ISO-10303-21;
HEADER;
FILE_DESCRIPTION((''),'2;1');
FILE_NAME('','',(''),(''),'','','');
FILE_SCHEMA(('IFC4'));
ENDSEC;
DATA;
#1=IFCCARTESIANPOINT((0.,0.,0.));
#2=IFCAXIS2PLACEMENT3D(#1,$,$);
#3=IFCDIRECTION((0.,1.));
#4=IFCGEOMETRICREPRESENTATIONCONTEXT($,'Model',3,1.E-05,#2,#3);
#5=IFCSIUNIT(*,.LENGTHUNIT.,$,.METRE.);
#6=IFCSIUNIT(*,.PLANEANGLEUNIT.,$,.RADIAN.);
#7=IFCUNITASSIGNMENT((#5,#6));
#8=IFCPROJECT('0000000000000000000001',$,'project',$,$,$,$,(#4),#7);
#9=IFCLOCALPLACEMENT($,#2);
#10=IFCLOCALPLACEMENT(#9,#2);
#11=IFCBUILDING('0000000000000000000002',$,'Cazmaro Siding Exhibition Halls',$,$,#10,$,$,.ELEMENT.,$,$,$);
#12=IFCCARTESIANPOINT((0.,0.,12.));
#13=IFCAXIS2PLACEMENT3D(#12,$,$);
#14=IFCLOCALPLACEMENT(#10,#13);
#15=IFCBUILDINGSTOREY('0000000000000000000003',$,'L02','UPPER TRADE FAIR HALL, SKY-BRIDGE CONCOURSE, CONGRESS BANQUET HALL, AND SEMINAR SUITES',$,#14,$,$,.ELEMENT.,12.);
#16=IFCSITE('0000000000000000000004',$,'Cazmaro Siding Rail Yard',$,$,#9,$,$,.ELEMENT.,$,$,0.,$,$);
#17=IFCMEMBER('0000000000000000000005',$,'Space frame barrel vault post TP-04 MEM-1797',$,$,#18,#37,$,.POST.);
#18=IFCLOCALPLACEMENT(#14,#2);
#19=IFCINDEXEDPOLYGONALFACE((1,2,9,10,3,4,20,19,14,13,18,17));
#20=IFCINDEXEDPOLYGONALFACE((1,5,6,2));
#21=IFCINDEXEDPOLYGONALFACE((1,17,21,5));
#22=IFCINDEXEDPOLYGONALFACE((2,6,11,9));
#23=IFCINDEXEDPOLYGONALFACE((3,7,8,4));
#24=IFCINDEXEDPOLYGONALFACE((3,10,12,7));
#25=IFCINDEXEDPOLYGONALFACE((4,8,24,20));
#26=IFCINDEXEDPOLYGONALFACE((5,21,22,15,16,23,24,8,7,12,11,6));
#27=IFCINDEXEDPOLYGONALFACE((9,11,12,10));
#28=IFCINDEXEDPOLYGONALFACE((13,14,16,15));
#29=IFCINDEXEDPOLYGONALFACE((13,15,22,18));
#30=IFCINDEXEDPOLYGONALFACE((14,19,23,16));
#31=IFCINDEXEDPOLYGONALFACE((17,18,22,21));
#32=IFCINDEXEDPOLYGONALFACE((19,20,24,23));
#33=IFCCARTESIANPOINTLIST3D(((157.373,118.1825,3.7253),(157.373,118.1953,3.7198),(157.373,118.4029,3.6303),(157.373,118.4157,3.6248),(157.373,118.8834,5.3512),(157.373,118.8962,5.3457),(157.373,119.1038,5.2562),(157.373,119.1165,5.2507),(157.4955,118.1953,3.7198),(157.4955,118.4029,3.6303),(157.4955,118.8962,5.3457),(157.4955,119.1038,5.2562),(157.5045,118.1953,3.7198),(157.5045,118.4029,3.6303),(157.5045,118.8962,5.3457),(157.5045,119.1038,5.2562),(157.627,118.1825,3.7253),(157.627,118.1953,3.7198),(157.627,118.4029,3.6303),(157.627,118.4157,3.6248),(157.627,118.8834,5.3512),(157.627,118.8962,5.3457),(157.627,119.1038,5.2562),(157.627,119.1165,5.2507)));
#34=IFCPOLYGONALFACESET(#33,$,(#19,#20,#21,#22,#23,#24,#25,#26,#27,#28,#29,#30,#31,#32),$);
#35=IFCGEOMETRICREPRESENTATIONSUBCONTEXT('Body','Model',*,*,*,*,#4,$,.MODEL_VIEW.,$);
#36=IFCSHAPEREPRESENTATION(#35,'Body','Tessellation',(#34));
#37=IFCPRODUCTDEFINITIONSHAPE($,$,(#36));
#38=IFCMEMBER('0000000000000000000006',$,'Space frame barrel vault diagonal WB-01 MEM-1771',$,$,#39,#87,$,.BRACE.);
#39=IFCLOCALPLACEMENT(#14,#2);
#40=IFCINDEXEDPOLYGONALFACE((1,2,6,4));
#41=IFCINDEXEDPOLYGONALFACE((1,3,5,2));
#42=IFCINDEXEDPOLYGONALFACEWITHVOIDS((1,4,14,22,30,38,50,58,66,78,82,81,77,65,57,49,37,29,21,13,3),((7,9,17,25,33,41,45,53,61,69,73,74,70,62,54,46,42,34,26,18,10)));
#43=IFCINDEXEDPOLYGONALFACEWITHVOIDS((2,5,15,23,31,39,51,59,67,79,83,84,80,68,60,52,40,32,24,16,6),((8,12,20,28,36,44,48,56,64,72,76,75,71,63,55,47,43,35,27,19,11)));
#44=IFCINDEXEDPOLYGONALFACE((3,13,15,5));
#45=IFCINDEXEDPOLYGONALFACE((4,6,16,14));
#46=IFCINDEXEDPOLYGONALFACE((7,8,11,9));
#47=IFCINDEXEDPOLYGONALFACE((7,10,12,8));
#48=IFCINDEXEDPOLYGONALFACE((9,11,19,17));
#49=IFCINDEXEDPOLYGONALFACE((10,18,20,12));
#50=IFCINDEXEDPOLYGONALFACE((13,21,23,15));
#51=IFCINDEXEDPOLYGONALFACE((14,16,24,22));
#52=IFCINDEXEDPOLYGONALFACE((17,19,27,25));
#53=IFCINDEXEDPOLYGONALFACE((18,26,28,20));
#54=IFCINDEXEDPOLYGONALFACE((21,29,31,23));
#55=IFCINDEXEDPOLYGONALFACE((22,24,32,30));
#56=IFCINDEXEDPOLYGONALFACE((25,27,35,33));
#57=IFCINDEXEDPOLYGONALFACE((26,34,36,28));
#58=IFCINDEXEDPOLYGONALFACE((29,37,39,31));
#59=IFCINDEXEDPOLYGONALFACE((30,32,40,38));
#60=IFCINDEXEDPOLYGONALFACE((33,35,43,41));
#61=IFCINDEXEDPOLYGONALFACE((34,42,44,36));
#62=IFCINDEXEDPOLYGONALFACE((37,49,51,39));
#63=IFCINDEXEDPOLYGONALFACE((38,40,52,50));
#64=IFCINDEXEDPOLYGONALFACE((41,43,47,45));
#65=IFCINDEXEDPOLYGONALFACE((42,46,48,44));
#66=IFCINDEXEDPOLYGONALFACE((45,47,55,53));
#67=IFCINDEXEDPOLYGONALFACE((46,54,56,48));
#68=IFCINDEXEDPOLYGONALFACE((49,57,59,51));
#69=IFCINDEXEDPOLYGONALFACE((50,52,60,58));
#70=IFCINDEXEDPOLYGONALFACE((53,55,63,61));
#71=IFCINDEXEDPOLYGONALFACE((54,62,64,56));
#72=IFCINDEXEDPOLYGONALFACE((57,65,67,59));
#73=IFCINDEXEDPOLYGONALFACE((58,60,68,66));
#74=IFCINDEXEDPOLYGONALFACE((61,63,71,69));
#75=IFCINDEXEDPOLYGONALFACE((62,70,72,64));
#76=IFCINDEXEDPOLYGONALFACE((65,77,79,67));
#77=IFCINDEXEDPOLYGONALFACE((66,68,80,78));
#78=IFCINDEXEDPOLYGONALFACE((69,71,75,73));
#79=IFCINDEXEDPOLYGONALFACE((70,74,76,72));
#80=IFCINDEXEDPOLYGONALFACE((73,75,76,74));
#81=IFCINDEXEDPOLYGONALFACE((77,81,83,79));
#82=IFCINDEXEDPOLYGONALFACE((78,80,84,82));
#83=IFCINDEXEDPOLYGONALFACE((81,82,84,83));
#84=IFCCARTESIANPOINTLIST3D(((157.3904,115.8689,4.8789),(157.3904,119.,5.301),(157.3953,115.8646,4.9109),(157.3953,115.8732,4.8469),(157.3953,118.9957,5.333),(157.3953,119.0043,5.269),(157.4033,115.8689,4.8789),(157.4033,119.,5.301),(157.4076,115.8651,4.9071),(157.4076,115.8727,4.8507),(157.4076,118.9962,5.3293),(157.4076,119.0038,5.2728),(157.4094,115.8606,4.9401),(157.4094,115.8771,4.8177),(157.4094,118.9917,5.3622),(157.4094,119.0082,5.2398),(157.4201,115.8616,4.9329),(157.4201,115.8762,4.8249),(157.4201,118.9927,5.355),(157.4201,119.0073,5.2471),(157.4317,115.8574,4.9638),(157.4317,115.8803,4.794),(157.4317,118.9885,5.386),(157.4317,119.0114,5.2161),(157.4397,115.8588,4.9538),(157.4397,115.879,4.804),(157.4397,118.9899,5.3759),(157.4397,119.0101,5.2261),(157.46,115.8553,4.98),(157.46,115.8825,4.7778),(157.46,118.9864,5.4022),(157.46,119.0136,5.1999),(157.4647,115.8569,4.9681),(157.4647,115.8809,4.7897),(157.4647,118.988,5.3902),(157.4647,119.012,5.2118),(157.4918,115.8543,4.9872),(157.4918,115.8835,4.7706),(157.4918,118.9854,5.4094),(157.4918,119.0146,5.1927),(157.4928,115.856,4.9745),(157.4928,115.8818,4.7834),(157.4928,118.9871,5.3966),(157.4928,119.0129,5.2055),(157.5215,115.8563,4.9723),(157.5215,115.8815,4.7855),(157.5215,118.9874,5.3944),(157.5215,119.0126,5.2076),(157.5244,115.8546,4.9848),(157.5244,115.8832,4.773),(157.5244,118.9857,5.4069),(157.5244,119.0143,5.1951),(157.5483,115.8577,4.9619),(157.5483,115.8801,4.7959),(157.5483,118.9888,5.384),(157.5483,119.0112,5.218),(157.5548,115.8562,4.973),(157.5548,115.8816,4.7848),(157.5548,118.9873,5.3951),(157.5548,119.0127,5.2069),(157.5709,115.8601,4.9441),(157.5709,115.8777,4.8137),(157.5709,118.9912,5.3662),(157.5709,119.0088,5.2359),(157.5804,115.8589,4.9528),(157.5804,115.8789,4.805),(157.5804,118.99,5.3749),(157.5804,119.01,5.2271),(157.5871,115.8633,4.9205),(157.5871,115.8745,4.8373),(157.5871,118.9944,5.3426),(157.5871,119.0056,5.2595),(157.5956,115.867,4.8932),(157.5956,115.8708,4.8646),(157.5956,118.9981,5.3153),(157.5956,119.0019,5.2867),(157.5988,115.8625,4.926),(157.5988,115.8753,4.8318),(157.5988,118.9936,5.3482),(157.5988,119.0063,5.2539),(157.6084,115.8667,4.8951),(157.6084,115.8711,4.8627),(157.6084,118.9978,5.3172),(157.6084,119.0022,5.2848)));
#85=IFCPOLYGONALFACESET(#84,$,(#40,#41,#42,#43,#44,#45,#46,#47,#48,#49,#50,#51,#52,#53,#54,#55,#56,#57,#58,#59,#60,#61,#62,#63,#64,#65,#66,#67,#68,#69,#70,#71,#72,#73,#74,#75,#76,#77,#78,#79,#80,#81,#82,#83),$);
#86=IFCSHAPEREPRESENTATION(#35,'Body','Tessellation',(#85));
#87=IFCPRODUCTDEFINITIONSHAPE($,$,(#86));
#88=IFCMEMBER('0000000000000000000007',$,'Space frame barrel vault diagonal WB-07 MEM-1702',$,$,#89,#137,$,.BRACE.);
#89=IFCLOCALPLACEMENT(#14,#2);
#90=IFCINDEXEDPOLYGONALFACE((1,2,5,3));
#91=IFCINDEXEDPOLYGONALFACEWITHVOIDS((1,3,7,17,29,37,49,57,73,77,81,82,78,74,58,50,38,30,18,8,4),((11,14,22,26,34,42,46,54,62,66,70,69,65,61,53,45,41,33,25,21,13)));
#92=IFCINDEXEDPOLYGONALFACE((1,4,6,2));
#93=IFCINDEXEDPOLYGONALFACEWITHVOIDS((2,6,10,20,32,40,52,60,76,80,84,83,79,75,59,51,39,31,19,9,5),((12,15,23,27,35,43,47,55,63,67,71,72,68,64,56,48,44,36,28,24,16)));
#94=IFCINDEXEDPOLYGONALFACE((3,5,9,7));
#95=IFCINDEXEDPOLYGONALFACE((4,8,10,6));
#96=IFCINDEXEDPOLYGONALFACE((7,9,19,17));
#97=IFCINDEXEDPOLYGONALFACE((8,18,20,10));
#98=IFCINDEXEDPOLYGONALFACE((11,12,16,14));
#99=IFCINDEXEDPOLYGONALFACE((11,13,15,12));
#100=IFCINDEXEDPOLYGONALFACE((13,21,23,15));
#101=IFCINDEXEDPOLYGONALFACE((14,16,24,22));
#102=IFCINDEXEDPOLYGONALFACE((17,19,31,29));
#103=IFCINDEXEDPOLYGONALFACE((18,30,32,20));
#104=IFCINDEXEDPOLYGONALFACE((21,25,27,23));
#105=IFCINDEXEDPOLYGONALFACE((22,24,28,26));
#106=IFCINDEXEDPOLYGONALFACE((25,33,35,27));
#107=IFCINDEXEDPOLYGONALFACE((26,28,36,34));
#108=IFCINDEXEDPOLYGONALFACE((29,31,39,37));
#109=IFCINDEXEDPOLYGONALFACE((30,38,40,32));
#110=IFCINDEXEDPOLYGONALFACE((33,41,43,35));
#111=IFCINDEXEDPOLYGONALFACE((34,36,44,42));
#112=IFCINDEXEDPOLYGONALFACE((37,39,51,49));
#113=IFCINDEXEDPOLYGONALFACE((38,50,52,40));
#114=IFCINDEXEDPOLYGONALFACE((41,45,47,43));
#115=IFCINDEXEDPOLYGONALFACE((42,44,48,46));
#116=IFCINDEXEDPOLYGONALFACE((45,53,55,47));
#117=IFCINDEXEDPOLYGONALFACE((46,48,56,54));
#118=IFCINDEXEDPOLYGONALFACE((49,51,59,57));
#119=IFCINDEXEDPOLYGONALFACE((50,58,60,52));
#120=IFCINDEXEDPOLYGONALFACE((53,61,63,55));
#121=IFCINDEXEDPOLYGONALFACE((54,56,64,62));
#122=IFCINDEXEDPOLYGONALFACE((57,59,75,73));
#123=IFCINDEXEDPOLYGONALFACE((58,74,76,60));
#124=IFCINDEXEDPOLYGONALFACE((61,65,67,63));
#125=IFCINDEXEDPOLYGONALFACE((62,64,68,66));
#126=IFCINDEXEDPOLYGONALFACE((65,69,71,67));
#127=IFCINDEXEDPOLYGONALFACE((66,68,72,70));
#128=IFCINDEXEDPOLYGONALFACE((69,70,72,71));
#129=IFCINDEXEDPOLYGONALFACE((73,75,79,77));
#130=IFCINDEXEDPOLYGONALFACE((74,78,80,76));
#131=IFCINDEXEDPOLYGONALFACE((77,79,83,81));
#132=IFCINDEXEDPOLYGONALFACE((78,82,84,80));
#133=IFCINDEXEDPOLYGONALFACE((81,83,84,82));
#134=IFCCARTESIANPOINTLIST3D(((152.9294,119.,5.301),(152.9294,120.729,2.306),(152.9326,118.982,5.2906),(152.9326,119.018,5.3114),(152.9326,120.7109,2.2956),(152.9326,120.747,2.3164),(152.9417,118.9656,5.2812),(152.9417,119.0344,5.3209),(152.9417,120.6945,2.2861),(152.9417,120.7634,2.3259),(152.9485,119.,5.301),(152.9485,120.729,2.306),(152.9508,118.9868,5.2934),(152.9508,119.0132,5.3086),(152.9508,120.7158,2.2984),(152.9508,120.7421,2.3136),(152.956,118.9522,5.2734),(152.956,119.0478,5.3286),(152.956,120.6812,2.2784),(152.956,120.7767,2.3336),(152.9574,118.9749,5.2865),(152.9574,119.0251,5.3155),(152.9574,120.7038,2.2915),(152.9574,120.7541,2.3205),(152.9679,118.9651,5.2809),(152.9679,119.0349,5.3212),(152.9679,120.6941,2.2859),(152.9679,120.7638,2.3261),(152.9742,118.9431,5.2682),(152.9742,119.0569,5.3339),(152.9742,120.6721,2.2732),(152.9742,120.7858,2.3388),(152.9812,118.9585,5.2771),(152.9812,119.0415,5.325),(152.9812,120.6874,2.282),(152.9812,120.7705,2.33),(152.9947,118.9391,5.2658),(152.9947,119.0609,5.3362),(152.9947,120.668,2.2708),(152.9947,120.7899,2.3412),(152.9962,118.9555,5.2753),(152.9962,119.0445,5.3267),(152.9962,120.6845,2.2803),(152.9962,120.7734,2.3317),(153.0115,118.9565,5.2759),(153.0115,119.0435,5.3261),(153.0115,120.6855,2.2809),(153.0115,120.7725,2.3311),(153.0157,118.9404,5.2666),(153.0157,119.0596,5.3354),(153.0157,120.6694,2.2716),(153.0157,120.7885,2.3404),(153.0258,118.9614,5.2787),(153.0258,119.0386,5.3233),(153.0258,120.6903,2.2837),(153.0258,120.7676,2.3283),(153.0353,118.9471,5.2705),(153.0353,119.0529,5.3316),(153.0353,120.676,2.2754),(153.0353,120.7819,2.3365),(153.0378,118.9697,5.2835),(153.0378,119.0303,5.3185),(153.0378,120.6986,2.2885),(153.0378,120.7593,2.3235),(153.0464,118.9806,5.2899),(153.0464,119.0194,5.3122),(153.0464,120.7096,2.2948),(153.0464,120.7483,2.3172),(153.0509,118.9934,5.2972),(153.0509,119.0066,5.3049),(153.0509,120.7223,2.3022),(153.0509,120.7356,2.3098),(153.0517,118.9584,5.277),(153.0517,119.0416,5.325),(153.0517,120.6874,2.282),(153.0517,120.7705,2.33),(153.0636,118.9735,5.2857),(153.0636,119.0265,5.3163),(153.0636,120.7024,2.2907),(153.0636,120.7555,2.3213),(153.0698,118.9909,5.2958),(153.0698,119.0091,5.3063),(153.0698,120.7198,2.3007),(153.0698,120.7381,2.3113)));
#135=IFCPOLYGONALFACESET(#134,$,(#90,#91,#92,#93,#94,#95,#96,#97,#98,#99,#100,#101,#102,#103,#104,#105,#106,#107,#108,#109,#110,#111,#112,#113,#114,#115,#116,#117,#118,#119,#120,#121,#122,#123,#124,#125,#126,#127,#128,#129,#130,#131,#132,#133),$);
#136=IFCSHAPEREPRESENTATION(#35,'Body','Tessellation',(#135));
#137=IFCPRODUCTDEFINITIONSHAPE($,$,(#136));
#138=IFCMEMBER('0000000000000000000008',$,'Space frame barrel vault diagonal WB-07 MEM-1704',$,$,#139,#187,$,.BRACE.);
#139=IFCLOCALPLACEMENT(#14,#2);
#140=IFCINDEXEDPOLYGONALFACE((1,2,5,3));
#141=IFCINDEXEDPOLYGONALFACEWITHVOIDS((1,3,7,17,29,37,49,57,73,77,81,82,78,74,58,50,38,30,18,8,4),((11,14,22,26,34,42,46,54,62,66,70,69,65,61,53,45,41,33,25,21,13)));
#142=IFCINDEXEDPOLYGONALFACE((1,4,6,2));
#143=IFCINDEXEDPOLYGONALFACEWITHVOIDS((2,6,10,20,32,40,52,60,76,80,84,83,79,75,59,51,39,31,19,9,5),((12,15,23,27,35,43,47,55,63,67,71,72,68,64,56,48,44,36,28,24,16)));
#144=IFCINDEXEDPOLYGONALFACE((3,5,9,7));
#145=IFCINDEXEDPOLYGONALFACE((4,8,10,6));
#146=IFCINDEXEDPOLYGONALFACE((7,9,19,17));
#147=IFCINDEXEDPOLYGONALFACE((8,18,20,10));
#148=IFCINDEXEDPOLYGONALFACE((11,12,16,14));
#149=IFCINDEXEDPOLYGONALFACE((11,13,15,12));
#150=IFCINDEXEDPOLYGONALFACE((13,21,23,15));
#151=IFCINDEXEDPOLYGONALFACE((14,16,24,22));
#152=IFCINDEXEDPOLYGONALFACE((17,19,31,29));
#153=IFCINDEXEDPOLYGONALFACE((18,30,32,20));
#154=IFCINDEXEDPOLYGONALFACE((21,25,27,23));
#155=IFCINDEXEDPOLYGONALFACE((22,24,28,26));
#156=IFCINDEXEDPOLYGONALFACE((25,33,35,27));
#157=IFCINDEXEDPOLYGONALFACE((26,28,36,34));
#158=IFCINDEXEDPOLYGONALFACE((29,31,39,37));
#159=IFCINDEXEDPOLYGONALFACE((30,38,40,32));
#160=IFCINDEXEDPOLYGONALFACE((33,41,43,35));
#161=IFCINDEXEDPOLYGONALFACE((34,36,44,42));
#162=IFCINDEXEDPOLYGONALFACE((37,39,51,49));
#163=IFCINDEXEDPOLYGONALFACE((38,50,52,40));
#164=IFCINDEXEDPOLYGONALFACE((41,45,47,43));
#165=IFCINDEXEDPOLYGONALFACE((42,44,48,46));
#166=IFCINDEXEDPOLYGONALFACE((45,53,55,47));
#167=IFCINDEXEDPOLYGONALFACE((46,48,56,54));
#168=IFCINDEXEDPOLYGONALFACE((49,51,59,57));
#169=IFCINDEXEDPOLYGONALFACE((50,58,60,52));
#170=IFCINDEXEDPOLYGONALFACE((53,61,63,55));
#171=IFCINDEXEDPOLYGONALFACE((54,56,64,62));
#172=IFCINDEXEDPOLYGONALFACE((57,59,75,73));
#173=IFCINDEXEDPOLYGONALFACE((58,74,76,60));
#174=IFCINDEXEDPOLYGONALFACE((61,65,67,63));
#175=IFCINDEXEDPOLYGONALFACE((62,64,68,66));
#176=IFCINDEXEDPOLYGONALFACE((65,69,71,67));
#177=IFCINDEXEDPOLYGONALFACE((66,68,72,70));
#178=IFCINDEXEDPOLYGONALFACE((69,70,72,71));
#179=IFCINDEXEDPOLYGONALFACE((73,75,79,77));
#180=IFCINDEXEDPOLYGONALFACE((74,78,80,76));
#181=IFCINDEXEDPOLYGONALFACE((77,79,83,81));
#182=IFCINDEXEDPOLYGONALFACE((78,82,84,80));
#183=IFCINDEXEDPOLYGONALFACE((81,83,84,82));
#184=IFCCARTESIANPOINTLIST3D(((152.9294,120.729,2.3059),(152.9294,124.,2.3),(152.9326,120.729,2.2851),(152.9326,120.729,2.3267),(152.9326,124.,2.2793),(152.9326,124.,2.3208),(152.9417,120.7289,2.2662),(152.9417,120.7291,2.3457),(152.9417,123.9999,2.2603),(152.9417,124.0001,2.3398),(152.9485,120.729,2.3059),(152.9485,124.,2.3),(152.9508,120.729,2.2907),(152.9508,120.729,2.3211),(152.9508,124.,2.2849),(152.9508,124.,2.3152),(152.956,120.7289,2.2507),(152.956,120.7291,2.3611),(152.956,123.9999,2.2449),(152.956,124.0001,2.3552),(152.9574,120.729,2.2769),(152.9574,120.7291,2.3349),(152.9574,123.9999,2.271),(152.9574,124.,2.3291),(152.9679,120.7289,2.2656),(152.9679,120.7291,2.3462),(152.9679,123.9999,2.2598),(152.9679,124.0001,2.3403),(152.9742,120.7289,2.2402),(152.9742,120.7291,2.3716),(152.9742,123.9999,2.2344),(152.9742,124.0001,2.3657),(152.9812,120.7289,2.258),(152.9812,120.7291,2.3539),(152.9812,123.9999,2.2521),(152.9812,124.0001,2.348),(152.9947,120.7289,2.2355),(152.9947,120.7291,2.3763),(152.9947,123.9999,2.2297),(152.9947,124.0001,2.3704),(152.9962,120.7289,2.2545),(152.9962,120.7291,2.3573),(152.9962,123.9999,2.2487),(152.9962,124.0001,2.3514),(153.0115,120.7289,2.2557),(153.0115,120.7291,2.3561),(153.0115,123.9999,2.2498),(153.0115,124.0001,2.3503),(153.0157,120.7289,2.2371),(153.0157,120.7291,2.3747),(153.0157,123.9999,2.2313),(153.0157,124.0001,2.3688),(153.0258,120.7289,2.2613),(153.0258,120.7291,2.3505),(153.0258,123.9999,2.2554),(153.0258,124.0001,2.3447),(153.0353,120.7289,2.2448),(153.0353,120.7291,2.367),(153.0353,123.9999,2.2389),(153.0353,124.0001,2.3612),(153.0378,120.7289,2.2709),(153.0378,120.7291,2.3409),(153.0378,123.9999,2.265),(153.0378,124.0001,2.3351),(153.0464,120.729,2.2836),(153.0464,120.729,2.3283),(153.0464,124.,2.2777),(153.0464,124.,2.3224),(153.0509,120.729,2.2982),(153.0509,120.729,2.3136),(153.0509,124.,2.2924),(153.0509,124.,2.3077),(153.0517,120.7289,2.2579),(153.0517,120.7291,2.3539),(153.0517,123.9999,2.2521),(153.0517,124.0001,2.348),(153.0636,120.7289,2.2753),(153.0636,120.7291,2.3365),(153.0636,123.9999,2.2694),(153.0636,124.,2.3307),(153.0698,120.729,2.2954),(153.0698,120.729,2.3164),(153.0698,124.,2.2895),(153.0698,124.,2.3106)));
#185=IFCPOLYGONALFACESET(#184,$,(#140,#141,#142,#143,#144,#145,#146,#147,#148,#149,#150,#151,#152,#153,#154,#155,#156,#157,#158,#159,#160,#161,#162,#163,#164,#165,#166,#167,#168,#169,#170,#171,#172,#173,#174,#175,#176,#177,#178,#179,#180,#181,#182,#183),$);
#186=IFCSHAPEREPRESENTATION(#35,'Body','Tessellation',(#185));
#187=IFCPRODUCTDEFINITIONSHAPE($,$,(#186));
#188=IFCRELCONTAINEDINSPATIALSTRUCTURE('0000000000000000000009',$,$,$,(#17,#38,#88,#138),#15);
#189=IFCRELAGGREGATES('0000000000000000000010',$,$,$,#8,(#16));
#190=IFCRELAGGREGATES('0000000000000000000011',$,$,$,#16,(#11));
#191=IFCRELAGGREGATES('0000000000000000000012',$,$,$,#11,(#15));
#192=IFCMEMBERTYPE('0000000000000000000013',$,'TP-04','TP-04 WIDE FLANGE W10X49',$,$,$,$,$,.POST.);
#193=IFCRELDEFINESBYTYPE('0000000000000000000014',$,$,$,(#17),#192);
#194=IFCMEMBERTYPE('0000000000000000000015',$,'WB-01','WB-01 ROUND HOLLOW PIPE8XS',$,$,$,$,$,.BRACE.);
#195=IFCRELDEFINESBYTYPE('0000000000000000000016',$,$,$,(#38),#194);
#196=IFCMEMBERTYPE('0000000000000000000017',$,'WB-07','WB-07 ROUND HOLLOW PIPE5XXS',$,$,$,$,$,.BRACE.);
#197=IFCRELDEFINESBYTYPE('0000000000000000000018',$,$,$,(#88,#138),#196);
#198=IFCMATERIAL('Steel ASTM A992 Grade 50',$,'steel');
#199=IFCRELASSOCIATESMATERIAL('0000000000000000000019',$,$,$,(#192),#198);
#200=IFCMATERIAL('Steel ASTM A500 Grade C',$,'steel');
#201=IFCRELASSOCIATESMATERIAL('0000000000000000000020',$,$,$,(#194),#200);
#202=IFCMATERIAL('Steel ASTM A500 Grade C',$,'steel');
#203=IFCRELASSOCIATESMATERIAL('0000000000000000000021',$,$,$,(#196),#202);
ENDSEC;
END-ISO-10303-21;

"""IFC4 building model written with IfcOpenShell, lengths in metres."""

from ifc_helpers import new_model, si_unit, direction, frame, origin, origin_2d, place, context, subcontext, project, spatial, hollow_circle, i_section, extrude, material, material_profile, profile_set, type_object, element, save


model = new_model("IFC4")

# Units and contexts
model_context = context("Model", 3, precision=1e-05, world=origin(), true_north=direction((0.0, 1.0)))
body_context = subcontext(model_context, "Body", "Model", "MODEL_VIEW")
ifc_project = project(units=[si_unit("LENGTHUNIT", "METRE"), si_unit("PLANEANGLEUNIT", "RADIAN")], contexts=[model_context])

# Site, building, storey
site_placement = place(None, origin())
site = spatial("IfcSite", under=ifc_project, at=site_placement, Name="Cazmaro Siding Rail Yard", CompositionType="ELEMENT", RefElevation=0.0)
building_placement = place(site_placement, origin())
building = spatial("IfcBuilding", under=site, at=building_placement, Name="Cazmaro Siding Exhibition Halls", CompositionType="ELEMENT")
storey_placement = place(building_placement, frame((0.0, 0.0, 12.0)))
storey = spatial("IfcBuildingStorey", under=building, at=storey_placement, Name="L02", Description="UPPER TRADE FAIR HALL, SKY-BRIDGE CONCOURSE, CONGRESS BANQUET HALL, AND SEMINAR SUITES", CompositionType="ELEMENT", Elevation=12.0)

# Members
ifc_material_1 = material(Name="Steel ASTM A992 Grade 50", Category="steel")
ifc_material_profile_1 = material_profile(ifc_material_1, i_section(OverallWidth=0.2539, OverallDepth=0.2539, WebThickness=0.009, FlangeThickness=0.0139, at=origin_2d()), Name="W10X49")
ifc_profile_set_1 = profile_set([ifc_material_profile_1], Name="Steel ASTM A992 Grade 50")
member_type_1 = type_object("IfcMemberType", Name="TP-04", Description="TP-04 WIDE FLANGE W10X49", PredefinedType="POST", material=ifc_profile_set_1)
member_1_placement = place(storey_placement, frame((157.5, 118.2991, 3.675), z_axis=(0.0, 0.395865, 0.918309), x_axis=(-1.0, 0.0, 0.0)))
element("IfcMember", 1, at=member_1_placement, inside=storey, type_object=member_type_1, Name="Space frame barrel vault post TP-04 MEM-1797", PredefinedType="POST", context=body_context, shape_type="SweptSolid", body=[
    extrude(i_section(OverallWidth=0.2539, OverallDepth=0.2539, WebThickness=0.009, FlangeThickness=0.0139, at=origin_2d()), origin(), (0.0, 0.0, 1.0), 1.7705),
])
ifc_material_2 = material(Name="Steel ASTM A500 Grade C", Category="steel")
ifc_material_profile_2 = material_profile(ifc_material_2, hollow_circle(Radius=0.1096, WallThickness=0.0129, at=origin_2d()), Name="PIPE8XS")
ifc_profile_set_2 = profile_set([ifc_material_profile_2], Name="Steel ASTM A500 Grade C")
member_type_2 = type_object("IfcMemberType", Name="WB-01", Description="WB-01 ROUND HOLLOW PIPE8XS", PredefinedType="BRACE", material=ifc_profile_set_2)
member_2_placement = place(storey_placement, frame((157.5, 115.8689, 4.8789), z_axis=(0.0, 0.991035, 0.133606), x_axis=(-1.0, 0.0, 0.0)))
element("IfcMember", 2, at=member_2_placement, inside=storey, type_object=member_type_2, Name="Space frame barrel vault diagonal WB-01 MEM-1771", PredefinedType="BRACE", context=body_context, shape_type="SweptSolid", body=[
    extrude(hollow_circle(Radius=0.1096, WallThickness=0.0129, at=origin_2d()), origin(), (0.0, 0.0, 1.0), 3.1594),
])
ifc_material_3 = material(Name="Steel ASTM A500 Grade C", Category="steel")
ifc_material_profile_3 = material_profile(ifc_material_3, hollow_circle(Radius=0.0706, WallThickness=0.019, at=origin_2d()), Name="PIPE5XXS")
ifc_profile_set_3 = profile_set([ifc_material_profile_3], Name="Steel ASTM A500 Grade C")
member_type_3 = type_object("IfcMemberType", Name="WB-07", Description="WB-07 ROUND HOLLOW PIPE5XXS", PredefinedType="BRACE", material=ifc_profile_set_3)
member_3_placement = place(storey_placement, frame((153.0, 119.0, 5.301), z_axis=(0.0, 0.499951, -0.866054), x_axis=(-1.0, 0.0, 0.0)))
element("IfcMember", 3, at=member_3_placement, inside=storey, type_object=member_type_3, Name="Space frame barrel vault diagonal WB-07 MEM-1702", PredefinedType="BRACE", context=body_context, shape_type="SweptSolid", body=[
    extrude(hollow_circle(Radius=0.0706, WallThickness=0.019, at=origin_2d()), origin(), (0.0, 0.0, 1.0), 3.4583),
])
member_4_placement = place(storey_placement, frame((153.0, 120.729, 2.3059), z_axis=(0.0, 0.999998, -0.001791), x_axis=(-1.0, 0.0, 0.0)))
element("IfcMember", 4, at=member_4_placement, inside=storey, type_object=member_type_3, Name="Space frame barrel vault diagonal WB-07 MEM-1704", PredefinedType="BRACE", context=body_context, shape_type="SweptSolid", body=[
    extrude(hollow_circle(Radius=0.0706, WallThickness=0.019, at=origin_2d()), origin(), (0.0, 0.0, 1.0), 3.271),
])

save(model, "model.ifc")
